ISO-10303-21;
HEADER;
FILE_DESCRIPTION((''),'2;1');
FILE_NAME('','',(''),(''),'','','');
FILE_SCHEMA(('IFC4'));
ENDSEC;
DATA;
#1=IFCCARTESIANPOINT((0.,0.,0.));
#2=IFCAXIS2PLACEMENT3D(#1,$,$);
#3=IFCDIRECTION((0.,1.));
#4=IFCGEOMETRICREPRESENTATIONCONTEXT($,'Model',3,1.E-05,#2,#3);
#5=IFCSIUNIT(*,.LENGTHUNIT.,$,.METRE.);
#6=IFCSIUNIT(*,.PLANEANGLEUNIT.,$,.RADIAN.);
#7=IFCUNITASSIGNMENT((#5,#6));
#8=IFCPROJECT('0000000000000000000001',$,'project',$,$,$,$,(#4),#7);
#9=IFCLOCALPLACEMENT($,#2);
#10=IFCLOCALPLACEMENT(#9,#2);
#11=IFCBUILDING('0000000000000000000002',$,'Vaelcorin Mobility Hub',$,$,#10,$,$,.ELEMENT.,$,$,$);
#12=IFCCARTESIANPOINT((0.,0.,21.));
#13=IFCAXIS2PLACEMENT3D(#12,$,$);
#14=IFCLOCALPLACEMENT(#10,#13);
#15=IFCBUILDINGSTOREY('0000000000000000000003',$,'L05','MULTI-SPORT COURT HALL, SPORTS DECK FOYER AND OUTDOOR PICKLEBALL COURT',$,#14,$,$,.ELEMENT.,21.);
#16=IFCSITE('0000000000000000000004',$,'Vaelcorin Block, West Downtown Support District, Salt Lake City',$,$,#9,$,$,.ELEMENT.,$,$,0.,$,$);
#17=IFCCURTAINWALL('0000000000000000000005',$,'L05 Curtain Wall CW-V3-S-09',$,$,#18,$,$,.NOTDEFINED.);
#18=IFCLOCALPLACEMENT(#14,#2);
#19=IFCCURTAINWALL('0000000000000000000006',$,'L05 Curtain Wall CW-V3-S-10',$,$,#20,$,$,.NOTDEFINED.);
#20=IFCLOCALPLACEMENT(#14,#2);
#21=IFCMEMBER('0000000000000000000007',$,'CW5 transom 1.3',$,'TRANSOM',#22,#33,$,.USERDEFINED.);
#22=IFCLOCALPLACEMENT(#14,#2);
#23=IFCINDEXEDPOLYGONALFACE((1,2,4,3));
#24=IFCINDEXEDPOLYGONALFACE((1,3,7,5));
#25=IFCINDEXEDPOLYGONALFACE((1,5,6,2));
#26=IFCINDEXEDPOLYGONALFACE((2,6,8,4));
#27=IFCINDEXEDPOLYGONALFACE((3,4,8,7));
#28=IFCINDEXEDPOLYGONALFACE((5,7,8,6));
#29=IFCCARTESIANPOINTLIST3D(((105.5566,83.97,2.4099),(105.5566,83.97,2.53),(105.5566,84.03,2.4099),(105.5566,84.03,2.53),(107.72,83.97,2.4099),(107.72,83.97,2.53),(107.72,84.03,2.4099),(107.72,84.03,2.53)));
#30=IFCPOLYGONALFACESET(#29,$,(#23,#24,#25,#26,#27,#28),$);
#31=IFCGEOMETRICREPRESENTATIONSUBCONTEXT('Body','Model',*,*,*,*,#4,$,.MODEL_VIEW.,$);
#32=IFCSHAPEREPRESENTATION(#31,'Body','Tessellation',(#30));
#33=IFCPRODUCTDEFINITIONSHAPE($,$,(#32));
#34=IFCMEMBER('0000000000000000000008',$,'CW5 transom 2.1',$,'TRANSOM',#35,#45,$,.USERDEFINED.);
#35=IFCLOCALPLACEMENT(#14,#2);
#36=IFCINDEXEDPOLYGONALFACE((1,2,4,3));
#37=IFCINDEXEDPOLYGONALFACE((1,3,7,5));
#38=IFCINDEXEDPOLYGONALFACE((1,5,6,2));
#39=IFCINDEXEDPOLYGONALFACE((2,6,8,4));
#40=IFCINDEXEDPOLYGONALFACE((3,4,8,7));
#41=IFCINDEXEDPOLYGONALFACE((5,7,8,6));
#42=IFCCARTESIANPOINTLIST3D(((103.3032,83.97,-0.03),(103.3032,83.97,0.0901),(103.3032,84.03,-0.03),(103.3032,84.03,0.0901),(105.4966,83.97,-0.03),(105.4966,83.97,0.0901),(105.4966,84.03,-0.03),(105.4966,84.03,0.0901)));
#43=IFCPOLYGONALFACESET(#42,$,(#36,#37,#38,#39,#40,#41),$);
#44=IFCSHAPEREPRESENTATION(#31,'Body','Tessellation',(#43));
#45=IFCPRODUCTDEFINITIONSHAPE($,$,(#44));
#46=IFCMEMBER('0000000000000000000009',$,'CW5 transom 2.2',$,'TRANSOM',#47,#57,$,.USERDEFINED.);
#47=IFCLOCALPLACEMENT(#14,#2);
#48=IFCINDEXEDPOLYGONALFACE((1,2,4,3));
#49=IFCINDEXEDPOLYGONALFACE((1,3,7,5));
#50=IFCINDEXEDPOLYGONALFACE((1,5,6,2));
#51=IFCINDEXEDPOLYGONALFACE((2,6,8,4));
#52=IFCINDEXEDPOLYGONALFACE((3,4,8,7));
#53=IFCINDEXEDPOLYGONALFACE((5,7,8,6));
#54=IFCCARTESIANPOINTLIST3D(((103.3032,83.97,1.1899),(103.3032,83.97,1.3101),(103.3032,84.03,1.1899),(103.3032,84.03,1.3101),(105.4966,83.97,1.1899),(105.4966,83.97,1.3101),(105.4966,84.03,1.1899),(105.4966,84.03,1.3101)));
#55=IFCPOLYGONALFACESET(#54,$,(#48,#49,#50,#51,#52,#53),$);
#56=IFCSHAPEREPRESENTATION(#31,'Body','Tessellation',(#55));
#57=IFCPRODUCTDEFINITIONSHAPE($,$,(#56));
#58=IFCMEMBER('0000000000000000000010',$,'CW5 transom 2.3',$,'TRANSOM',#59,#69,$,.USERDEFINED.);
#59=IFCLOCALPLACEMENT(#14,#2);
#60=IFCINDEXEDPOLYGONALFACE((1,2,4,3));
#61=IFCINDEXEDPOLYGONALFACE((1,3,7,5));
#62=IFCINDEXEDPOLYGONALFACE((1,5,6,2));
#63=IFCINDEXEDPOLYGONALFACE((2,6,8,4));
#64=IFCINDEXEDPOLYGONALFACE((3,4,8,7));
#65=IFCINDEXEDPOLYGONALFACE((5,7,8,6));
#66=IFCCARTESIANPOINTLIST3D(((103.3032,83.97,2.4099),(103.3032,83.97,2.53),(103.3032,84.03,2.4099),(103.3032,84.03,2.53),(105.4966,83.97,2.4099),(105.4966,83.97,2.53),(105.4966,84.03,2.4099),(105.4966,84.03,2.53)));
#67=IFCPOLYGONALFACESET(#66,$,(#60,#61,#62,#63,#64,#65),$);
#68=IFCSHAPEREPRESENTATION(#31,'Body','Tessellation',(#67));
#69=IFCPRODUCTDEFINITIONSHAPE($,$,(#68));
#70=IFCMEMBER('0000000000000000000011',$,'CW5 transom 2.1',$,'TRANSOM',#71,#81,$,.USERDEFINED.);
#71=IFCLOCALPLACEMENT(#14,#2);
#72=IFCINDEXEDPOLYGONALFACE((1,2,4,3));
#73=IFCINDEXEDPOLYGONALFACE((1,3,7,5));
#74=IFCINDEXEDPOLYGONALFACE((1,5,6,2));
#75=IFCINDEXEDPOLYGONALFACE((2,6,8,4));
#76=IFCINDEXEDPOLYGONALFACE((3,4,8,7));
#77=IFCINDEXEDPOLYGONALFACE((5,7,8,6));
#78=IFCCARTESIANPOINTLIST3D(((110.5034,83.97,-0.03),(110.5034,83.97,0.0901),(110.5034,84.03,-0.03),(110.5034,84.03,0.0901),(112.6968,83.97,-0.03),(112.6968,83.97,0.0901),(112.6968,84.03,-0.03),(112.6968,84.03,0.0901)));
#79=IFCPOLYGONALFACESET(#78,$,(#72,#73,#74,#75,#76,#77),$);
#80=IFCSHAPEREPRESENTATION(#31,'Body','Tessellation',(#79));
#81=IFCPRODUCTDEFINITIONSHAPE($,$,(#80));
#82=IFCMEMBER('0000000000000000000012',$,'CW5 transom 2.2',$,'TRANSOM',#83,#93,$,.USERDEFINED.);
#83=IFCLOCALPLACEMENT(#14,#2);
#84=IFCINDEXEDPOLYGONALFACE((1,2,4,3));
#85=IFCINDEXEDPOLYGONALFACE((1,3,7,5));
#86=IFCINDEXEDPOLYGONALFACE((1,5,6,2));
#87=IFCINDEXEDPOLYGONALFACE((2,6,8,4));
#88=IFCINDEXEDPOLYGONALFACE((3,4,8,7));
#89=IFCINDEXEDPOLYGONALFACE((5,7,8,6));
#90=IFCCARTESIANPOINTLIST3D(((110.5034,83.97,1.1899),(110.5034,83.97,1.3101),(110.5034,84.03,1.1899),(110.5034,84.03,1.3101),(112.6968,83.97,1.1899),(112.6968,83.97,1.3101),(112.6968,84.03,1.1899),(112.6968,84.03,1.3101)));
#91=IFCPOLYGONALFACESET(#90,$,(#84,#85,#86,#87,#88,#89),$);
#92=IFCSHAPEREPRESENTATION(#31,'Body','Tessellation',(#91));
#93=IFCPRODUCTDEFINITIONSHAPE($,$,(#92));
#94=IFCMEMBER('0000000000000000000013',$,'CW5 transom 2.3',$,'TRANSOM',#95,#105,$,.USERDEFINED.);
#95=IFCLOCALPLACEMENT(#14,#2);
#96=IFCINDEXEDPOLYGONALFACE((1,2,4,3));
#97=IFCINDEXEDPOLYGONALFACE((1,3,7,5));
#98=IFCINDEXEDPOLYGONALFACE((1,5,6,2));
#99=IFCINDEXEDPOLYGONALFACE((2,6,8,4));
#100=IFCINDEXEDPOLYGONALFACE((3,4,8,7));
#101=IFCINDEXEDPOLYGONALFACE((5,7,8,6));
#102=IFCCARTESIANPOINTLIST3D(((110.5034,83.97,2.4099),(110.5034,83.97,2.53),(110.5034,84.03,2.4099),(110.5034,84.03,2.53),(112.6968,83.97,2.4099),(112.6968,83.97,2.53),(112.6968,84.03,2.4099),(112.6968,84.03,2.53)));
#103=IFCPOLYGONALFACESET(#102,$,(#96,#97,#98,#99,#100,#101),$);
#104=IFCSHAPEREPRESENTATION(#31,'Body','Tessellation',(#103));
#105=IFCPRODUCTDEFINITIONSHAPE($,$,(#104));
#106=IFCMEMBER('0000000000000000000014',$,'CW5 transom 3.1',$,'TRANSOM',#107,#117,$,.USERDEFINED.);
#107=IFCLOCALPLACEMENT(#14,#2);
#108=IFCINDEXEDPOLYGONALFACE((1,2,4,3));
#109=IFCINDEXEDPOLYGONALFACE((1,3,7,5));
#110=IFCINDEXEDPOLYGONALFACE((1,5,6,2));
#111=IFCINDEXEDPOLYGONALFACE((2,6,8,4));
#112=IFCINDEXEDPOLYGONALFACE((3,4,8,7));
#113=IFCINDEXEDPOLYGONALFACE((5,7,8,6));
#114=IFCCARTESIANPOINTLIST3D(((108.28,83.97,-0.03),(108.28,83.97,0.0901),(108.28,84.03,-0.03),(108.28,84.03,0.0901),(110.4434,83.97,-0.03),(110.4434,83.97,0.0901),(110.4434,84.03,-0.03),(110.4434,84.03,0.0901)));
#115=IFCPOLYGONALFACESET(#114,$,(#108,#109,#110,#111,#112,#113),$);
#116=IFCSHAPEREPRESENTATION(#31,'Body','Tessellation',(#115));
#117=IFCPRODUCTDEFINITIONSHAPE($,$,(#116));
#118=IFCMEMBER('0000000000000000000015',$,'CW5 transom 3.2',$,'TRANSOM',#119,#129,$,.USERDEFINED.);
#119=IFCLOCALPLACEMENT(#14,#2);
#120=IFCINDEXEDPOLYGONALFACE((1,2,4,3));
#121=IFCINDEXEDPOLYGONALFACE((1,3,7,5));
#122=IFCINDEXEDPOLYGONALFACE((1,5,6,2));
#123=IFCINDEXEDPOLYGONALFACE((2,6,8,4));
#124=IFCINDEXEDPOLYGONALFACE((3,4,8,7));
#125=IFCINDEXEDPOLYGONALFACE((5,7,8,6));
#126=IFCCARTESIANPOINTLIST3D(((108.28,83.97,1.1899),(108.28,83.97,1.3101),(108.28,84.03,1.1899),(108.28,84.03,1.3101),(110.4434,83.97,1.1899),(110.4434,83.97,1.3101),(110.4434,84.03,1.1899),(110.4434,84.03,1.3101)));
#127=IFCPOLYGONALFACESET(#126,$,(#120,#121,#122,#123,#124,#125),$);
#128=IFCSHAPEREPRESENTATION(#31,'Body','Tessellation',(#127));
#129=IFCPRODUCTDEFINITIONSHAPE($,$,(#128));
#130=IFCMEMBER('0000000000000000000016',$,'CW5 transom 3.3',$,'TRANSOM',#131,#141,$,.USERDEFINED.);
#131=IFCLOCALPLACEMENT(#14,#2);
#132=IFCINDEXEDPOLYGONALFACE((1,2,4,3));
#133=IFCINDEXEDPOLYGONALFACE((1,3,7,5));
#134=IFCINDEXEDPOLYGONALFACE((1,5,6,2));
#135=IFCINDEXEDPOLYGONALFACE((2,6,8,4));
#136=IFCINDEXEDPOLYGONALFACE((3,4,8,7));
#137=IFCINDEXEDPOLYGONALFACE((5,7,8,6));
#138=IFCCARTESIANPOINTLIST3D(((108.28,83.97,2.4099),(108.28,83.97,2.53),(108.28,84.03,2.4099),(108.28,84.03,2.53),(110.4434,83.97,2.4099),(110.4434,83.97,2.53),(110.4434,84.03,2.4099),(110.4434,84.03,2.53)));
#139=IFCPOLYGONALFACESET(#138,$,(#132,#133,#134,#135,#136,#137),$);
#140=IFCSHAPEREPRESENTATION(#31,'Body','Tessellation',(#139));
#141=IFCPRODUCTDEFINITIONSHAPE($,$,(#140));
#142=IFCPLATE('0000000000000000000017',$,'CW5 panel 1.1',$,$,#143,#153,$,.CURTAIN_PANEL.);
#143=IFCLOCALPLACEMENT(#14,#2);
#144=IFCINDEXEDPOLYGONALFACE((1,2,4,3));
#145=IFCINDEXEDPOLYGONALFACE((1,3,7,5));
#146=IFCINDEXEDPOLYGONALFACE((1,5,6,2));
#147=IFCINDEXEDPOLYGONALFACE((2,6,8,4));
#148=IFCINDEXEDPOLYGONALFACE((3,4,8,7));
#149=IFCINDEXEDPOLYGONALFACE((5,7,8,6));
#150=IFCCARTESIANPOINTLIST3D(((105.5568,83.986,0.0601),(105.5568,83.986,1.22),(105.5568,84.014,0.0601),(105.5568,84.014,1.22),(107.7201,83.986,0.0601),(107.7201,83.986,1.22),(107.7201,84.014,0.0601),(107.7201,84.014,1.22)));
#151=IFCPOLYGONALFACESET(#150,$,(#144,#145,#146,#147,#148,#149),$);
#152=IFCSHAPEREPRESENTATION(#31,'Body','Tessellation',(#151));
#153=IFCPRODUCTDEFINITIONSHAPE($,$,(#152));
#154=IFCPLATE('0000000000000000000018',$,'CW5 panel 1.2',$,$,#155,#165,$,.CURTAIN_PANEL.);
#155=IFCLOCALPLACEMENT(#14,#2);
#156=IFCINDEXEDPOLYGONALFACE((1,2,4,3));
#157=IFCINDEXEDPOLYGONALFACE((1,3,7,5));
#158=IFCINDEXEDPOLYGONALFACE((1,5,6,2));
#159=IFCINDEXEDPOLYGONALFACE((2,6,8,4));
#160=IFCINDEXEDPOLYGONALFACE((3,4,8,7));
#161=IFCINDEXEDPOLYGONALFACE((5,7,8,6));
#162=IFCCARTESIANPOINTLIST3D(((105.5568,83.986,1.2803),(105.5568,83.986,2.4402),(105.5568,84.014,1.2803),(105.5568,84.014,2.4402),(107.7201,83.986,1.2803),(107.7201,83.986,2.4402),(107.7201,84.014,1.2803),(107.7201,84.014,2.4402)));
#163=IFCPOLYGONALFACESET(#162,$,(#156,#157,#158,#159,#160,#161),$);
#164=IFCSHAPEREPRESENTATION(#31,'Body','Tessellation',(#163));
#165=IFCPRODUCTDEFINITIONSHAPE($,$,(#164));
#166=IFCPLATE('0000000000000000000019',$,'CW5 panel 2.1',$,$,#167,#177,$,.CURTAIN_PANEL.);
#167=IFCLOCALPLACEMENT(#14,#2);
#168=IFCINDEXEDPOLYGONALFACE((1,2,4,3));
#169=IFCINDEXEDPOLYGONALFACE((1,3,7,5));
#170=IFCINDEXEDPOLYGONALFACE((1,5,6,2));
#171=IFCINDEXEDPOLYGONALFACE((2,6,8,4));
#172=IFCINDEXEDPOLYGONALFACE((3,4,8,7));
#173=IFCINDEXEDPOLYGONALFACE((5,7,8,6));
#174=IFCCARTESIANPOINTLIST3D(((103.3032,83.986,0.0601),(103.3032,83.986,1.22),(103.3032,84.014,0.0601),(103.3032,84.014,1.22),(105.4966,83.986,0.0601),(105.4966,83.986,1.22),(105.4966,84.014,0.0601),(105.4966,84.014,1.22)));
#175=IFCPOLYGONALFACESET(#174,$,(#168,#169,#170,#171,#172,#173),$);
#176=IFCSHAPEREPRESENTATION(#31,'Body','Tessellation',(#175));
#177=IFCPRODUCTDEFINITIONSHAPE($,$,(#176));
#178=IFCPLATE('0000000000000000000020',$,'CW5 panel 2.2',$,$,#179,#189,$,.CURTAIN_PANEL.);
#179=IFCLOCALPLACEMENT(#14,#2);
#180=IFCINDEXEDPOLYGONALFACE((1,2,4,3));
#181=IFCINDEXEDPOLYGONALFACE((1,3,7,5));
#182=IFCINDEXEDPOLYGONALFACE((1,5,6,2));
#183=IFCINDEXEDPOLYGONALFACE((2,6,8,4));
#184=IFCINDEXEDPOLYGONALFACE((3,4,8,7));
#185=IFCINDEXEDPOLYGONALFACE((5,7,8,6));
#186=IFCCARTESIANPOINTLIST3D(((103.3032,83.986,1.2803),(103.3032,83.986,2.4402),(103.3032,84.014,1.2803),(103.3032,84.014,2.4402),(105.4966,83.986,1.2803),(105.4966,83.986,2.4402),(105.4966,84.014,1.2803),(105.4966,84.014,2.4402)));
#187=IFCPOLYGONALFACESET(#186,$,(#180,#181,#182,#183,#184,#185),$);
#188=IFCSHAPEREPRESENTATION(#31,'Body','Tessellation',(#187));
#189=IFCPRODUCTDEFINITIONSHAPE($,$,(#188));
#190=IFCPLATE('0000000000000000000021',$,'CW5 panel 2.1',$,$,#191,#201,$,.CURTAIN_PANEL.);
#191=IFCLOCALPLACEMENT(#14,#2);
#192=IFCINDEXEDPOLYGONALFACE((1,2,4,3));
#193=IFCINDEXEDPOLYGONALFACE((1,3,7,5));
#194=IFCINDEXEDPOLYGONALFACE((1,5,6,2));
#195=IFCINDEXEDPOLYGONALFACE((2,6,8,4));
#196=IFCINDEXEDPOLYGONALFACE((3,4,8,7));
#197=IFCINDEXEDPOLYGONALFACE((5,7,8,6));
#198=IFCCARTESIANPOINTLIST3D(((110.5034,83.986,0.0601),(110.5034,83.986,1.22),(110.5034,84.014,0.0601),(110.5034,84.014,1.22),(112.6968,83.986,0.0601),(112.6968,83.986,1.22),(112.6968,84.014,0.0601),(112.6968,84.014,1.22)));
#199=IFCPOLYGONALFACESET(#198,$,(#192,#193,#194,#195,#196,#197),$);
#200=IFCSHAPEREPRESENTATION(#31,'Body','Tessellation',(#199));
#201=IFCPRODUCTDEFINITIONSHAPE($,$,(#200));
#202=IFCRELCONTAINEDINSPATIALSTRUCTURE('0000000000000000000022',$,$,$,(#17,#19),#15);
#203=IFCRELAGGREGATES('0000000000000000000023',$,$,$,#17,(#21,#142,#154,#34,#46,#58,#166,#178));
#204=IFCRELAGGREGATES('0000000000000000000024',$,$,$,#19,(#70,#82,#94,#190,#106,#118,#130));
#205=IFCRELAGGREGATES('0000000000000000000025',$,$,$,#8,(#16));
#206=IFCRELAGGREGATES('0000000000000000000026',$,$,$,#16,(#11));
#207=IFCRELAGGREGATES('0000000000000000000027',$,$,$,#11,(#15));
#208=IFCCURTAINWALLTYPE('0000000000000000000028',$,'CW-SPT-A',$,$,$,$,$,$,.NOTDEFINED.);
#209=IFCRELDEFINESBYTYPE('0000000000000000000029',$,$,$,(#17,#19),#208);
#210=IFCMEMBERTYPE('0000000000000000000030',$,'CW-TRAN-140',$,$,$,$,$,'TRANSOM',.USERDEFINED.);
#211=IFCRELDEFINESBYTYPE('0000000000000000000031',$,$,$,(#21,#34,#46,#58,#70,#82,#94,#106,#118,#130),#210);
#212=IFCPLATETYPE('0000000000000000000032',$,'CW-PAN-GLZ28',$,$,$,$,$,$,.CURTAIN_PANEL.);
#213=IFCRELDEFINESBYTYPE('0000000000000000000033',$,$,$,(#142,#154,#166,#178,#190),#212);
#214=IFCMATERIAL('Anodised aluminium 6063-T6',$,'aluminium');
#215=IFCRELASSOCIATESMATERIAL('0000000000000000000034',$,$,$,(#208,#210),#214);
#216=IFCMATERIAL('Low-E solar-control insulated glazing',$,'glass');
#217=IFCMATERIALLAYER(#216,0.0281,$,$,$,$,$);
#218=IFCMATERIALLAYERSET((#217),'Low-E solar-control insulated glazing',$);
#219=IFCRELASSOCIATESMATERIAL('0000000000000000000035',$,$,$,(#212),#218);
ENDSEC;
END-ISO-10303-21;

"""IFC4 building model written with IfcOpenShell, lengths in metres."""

from ifc_helpers import new_model, si_unit, direction, frame, origin, origin_2d, place, context, subcontext, project, spatial, rectangle, extrude, material, layer, layer_set, material_profile, profile_set, type_object, element, aggregate, save


model = new_model("IFC4")

# Units and contexts
model_context = context("Model", 3, precision=1e-05, world=origin(), true_north=direction((0.0, 1.0)))
body_context = subcontext(model_context, "Body", "Model", "MODEL_VIEW")
ifc_project = project(units=[si_unit("LENGTHUNIT", "METRE"), si_unit("PLANEANGLEUNIT", "RADIAN")], contexts=[model_context])

# Site, building, storey
site_placement = place(None, origin())
site = spatial("IfcSite", under=ifc_project, at=site_placement, Name="Vaelcorin Block, West Downtown Support District, Salt Lake City", CompositionType="ELEMENT", RefElevation=0.0)
building_placement = place(site_placement, origin())
building = spatial("IfcBuilding", under=site, at=building_placement, Name="Vaelcorin Mobility Hub", CompositionType="ELEMENT")
storey_placement = place(building_placement, frame((0.0, 0.0, 21.0)))
storey = spatial("IfcBuildingStorey", under=building, at=storey_placement, Name="L05", Description="MULTI-SPORT COURT HALL, SPORTS DECK FOYER AND OUTDOOR PICKLEBALL COURT", CompositionType="ELEMENT", Elevation=21.0)

# Curtain walls
ifc_material_1 = material(Name="Anodised aluminium 6063-T6", Category="aluminium")
curtain_wall_type = type_object("IfcCurtainWallType", Name="CW-SPT-A", PredefinedType="NOTDEFINED", material=ifc_material_1)
curtain_wall_1_placement = place(storey_placement, origin())
curtain_wall_1 = element("IfcCurtainWall", 1, at=curtain_wall_1_placement, inside=storey, type_object=curtain_wall_type, Name="L05 Curtain Wall CW-V3-S-09", PredefinedType="NOTDEFINED")
curtain_wall_2_placement = place(storey_placement, origin())
curtain_wall_2 = element("IfcCurtainWall", 2, at=curtain_wall_2_placement, inside=storey, type_object=curtain_wall_type, Name="L05 Curtain Wall CW-V3-S-10", PredefinedType="NOTDEFINED")

# Members
ifc_material_profile_1 = material_profile(ifc_material_1, rectangle(XDim=0.0601, YDim=0.1201, at=origin_2d()), Name="ALU-T60X120")
ifc_profile_set_1 = profile_set([ifc_material_profile_1], Name="Anodised aluminium 6063-T6")
member_type_1 = type_object("IfcMemberType", Name="CW-TRAN-140", ElementType="TRANSOM", PredefinedType="USERDEFINED", material=ifc_profile_set_1)
member_1_placement = place(storey_placement, frame((107.72, 84.0, 2.47), z_axis=(-1.0, 0.0, 0.0), x_axis=(0.0, -1.0, 0.0)))
member_1 = element("IfcMember", 3, at=member_1_placement, type_object=member_type_1, Name="CW5 transom 1.3", ObjectType="TRANSOM", PredefinedType="USERDEFINED", context=body_context, shape_type="SweptSolid", body=[
    extrude(rectangle(XDim=0.0601, YDim=0.1201, at=origin_2d()), origin(), (0.0, 0.0, 1.0), 2.1633),
])
member_2_placement = place(storey_placement, frame((105.4966, 84.0, 0.03), z_axis=(-1.0, 0.0, 0.0), x_axis=(0.0, -1.0, 0.0)))
member_2 = element("IfcMember", 4, at=member_2_placement, type_object=member_type_1, Name="CW5 transom 2.1", ObjectType="TRANSOM", PredefinedType="USERDEFINED", context=body_context, shape_type="SweptSolid", body=[
    extrude(rectangle(XDim=0.0601, YDim=0.1201, at=origin_2d()), origin(), (0.0, 0.0, 1.0), 2.1934),
])
member_3_placement = place(storey_placement, frame((105.4966, 84.0, 1.25), z_axis=(-1.0, 0.0, 0.0), x_axis=(0.0, -1.0, 0.0)))
member_3 = element("IfcMember", 5, at=member_3_placement, type_object=member_type_1, Name="CW5 transom 2.2", ObjectType="TRANSOM", PredefinedType="USERDEFINED", context=body_context, shape_type="SweptSolid", body=[
    extrude(rectangle(XDim=0.0601, YDim=0.1201, at=origin_2d()), origin(), (0.0, 0.0, 1.0), 2.1934),
])
member_4_placement = place(storey_placement, frame((105.4966, 84.0, 2.47), z_axis=(-1.0, 0.0, 0.0), x_axis=(0.0, -1.0, 0.0)))
member_4 = element("IfcMember", 6, at=member_4_placement, type_object=member_type_1, Name="CW5 transom 2.3", ObjectType="TRANSOM", PredefinedType="USERDEFINED", context=body_context, shape_type="SweptSolid", body=[
    extrude(rectangle(XDim=0.0601, YDim=0.1201, at=origin_2d()), origin(), (0.0, 0.0, 1.0), 2.1934),
])
member_5_placement = place(storey_placement, frame((112.6968, 84.0, 0.03), z_axis=(-1.0, 0.0, 0.0), x_axis=(0.0, -1.0, 0.0)))
member_5 = element("IfcMember", 7, at=member_5_placement, type_object=member_type_1, Name="CW5 transom 2.1", ObjectType="TRANSOM", PredefinedType="USERDEFINED", context=body_context, shape_type="SweptSolid", body=[
    extrude(rectangle(XDim=0.0601, YDim=0.1201, at=origin_2d()), origin(), (0.0, 0.0, 1.0), 2.1934),
])
member_6_placement = place(storey_placement, frame((112.6968, 84.0, 1.25), z_axis=(-1.0, 0.0, 0.0), x_axis=(0.0, -1.0, 0.0)))
member_6 = element("IfcMember", 8, at=member_6_placement, type_object=member_type_1, Name="CW5 transom 2.2", ObjectType="TRANSOM", PredefinedType="USERDEFINED", context=body_context, shape_type="SweptSolid", body=[
    extrude(rectangle(XDim=0.0601, YDim=0.1201, at=origin_2d()), origin(), (0.0, 0.0, 1.0), 2.1934),
])
member_7_placement = place(storey_placement, frame((112.6968, 84.0, 2.47), z_axis=(-1.0, 0.0, 0.0), x_axis=(0.0, -1.0, 0.0)))
member_7 = element("IfcMember", 9, at=member_7_placement, type_object=member_type_1, Name="CW5 transom 2.3", ObjectType="TRANSOM", PredefinedType="USERDEFINED", context=body_context, shape_type="SweptSolid", body=[
    extrude(rectangle(XDim=0.0601, YDim=0.1201, at=origin_2d()), origin(), (0.0, 0.0, 1.0), 2.1934),
])
member_8_placement = place(storey_placement, frame((110.4434, 84.0, 0.03), z_axis=(-1.0, 0.0, 0.0), x_axis=(0.0, -1.0, 0.0)))
member_8 = element("IfcMember", 10, at=member_8_placement, type_object=member_type_1, Name="CW5 transom 3.1", ObjectType="TRANSOM", PredefinedType="USERDEFINED", context=body_context, shape_type="SweptSolid", body=[
    extrude(rectangle(XDim=0.0601, YDim=0.1201, at=origin_2d()), origin(), (0.0, 0.0, 1.0), 2.1633),
])
member_9_placement = place(storey_placement, frame((110.4434, 84.0, 1.25), z_axis=(-1.0, 0.0, 0.0), x_axis=(0.0, -1.0, 0.0)))
member_9 = element("IfcMember", 11, at=member_9_placement, type_object=member_type_1, Name="CW5 transom 3.2", ObjectType="TRANSOM", PredefinedType="USERDEFINED", context=body_context, shape_type="SweptSolid", body=[
    extrude(rectangle(XDim=0.0601, YDim=0.1201, at=origin_2d()), origin(), (0.0, 0.0, 1.0), 2.1633),
])
member_10_placement = place(storey_placement, frame((110.4434, 84.0, 2.47), z_axis=(-1.0, 0.0, 0.0), x_axis=(0.0, -1.0, 0.0)))
member_10 = element("IfcMember", 12, at=member_10_placement, type_object=member_type_1, Name="CW5 transom 3.3", ObjectType="TRANSOM", PredefinedType="USERDEFINED", context=body_context, shape_type="SweptSolid", body=[
    extrude(rectangle(XDim=0.0601, YDim=0.1201, at=origin_2d()), origin(), (0.0, 0.0, 1.0), 2.1633),
])

# Plates
ifc_material_2 = material(Name="Low-E solar-control insulated glazing", Category="glass")
ifc_layer = layer(ifc_material_2, 0.0281)
ifc_layer_set = layer_set([ifc_layer], Name="Low-E solar-control insulated glazing")
plate_type = type_object("IfcPlateType", Name="CW-PAN-GLZ28", PredefinedType="CURTAIN_PANEL", material=ifc_layer_set)
plate_1_placement = place(storey_placement, frame((106.6384, 84.0, 0.0601), z_axis=(0.0, 0.0, 1.0), x_axis=(-1.0, 0.0, 0.0)))
plate_1 = element("IfcPlate", 13, at=plate_1_placement, type_object=plate_type, Name="CW5 panel 1.1", PredefinedType="CURTAIN_PANEL", context=body_context, shape_type="SweptSolid", body=[
    extrude(rectangle(XDim=2.1633, YDim=0.0281, at=origin_2d()), origin(), (0.0, 0.0, 1.0), 1.1599),
])
plate_2_placement = place(storey_placement, frame((106.6384, 84.0, 1.2803), z_axis=(0.0, 0.0, 1.0), x_axis=(-1.0, 0.0, 0.0)))
plate_2 = element("IfcPlate", 14, at=plate_2_placement, type_object=plate_type, Name="CW5 panel 1.2", PredefinedType="CURTAIN_PANEL", context=body_context, shape_type="SweptSolid", body=[
    extrude(rectangle(XDim=2.1633, YDim=0.0281, at=origin_2d()), origin(), (0.0, 0.0, 1.0), 1.1599),
])
plate_3_placement = place(storey_placement, frame((104.3999, 84.0, 0.0601), z_axis=(0.0, 0.0, 1.0), x_axis=(-1.0, 0.0, 0.0)))
plate_3 = element("IfcPlate", 15, at=plate_3_placement, type_object=plate_type, Name="CW5 panel 2.1", PredefinedType="CURTAIN_PANEL", context=body_context, shape_type="SweptSolid", body=[
    extrude(rectangle(XDim=2.1934, YDim=0.0281, at=origin_2d()), origin(), (0.0, 0.0, 1.0), 1.1599),
])
plate_4_placement = place(storey_placement, frame((104.3999, 84.0, 1.2803), z_axis=(0.0, 0.0, 1.0), x_axis=(-1.0, 0.0, 0.0)))
plate_4 = element("IfcPlate", 16, at=plate_4_placement, type_object=plate_type, Name="CW5 panel 2.2", PredefinedType="CURTAIN_PANEL", context=body_context, shape_type="SweptSolid", body=[
    extrude(rectangle(XDim=2.1934, YDim=0.0281, at=origin_2d()), origin(), (0.0, 0.0, 1.0), 1.1599),
])
aggregate(curtain_wall_1, [member_1, plate_1, plate_2, member_2, member_3, member_4, plate_3, plate_4])
plate_5_placement = place(storey_placement, frame((111.6001, 84.0, 0.0601), z_axis=(0.0, 0.0, 1.0), x_axis=(-1.0, 0.0, 0.0)))
plate_5 = element("IfcPlate", 17, at=plate_5_placement, type_object=plate_type, Name="CW5 panel 2.1", PredefinedType="CURTAIN_PANEL", context=body_context, shape_type="SweptSolid", body=[
    extrude(rectangle(XDim=2.1934, YDim=0.0281, at=origin_2d()), origin(), (0.0, 0.0, 1.0), 1.1599),
])
aggregate(curtain_wall_2, [member_5, member_6, member_7, plate_5, member_8, member_9, member_10])

save(model, "model.ifc")
